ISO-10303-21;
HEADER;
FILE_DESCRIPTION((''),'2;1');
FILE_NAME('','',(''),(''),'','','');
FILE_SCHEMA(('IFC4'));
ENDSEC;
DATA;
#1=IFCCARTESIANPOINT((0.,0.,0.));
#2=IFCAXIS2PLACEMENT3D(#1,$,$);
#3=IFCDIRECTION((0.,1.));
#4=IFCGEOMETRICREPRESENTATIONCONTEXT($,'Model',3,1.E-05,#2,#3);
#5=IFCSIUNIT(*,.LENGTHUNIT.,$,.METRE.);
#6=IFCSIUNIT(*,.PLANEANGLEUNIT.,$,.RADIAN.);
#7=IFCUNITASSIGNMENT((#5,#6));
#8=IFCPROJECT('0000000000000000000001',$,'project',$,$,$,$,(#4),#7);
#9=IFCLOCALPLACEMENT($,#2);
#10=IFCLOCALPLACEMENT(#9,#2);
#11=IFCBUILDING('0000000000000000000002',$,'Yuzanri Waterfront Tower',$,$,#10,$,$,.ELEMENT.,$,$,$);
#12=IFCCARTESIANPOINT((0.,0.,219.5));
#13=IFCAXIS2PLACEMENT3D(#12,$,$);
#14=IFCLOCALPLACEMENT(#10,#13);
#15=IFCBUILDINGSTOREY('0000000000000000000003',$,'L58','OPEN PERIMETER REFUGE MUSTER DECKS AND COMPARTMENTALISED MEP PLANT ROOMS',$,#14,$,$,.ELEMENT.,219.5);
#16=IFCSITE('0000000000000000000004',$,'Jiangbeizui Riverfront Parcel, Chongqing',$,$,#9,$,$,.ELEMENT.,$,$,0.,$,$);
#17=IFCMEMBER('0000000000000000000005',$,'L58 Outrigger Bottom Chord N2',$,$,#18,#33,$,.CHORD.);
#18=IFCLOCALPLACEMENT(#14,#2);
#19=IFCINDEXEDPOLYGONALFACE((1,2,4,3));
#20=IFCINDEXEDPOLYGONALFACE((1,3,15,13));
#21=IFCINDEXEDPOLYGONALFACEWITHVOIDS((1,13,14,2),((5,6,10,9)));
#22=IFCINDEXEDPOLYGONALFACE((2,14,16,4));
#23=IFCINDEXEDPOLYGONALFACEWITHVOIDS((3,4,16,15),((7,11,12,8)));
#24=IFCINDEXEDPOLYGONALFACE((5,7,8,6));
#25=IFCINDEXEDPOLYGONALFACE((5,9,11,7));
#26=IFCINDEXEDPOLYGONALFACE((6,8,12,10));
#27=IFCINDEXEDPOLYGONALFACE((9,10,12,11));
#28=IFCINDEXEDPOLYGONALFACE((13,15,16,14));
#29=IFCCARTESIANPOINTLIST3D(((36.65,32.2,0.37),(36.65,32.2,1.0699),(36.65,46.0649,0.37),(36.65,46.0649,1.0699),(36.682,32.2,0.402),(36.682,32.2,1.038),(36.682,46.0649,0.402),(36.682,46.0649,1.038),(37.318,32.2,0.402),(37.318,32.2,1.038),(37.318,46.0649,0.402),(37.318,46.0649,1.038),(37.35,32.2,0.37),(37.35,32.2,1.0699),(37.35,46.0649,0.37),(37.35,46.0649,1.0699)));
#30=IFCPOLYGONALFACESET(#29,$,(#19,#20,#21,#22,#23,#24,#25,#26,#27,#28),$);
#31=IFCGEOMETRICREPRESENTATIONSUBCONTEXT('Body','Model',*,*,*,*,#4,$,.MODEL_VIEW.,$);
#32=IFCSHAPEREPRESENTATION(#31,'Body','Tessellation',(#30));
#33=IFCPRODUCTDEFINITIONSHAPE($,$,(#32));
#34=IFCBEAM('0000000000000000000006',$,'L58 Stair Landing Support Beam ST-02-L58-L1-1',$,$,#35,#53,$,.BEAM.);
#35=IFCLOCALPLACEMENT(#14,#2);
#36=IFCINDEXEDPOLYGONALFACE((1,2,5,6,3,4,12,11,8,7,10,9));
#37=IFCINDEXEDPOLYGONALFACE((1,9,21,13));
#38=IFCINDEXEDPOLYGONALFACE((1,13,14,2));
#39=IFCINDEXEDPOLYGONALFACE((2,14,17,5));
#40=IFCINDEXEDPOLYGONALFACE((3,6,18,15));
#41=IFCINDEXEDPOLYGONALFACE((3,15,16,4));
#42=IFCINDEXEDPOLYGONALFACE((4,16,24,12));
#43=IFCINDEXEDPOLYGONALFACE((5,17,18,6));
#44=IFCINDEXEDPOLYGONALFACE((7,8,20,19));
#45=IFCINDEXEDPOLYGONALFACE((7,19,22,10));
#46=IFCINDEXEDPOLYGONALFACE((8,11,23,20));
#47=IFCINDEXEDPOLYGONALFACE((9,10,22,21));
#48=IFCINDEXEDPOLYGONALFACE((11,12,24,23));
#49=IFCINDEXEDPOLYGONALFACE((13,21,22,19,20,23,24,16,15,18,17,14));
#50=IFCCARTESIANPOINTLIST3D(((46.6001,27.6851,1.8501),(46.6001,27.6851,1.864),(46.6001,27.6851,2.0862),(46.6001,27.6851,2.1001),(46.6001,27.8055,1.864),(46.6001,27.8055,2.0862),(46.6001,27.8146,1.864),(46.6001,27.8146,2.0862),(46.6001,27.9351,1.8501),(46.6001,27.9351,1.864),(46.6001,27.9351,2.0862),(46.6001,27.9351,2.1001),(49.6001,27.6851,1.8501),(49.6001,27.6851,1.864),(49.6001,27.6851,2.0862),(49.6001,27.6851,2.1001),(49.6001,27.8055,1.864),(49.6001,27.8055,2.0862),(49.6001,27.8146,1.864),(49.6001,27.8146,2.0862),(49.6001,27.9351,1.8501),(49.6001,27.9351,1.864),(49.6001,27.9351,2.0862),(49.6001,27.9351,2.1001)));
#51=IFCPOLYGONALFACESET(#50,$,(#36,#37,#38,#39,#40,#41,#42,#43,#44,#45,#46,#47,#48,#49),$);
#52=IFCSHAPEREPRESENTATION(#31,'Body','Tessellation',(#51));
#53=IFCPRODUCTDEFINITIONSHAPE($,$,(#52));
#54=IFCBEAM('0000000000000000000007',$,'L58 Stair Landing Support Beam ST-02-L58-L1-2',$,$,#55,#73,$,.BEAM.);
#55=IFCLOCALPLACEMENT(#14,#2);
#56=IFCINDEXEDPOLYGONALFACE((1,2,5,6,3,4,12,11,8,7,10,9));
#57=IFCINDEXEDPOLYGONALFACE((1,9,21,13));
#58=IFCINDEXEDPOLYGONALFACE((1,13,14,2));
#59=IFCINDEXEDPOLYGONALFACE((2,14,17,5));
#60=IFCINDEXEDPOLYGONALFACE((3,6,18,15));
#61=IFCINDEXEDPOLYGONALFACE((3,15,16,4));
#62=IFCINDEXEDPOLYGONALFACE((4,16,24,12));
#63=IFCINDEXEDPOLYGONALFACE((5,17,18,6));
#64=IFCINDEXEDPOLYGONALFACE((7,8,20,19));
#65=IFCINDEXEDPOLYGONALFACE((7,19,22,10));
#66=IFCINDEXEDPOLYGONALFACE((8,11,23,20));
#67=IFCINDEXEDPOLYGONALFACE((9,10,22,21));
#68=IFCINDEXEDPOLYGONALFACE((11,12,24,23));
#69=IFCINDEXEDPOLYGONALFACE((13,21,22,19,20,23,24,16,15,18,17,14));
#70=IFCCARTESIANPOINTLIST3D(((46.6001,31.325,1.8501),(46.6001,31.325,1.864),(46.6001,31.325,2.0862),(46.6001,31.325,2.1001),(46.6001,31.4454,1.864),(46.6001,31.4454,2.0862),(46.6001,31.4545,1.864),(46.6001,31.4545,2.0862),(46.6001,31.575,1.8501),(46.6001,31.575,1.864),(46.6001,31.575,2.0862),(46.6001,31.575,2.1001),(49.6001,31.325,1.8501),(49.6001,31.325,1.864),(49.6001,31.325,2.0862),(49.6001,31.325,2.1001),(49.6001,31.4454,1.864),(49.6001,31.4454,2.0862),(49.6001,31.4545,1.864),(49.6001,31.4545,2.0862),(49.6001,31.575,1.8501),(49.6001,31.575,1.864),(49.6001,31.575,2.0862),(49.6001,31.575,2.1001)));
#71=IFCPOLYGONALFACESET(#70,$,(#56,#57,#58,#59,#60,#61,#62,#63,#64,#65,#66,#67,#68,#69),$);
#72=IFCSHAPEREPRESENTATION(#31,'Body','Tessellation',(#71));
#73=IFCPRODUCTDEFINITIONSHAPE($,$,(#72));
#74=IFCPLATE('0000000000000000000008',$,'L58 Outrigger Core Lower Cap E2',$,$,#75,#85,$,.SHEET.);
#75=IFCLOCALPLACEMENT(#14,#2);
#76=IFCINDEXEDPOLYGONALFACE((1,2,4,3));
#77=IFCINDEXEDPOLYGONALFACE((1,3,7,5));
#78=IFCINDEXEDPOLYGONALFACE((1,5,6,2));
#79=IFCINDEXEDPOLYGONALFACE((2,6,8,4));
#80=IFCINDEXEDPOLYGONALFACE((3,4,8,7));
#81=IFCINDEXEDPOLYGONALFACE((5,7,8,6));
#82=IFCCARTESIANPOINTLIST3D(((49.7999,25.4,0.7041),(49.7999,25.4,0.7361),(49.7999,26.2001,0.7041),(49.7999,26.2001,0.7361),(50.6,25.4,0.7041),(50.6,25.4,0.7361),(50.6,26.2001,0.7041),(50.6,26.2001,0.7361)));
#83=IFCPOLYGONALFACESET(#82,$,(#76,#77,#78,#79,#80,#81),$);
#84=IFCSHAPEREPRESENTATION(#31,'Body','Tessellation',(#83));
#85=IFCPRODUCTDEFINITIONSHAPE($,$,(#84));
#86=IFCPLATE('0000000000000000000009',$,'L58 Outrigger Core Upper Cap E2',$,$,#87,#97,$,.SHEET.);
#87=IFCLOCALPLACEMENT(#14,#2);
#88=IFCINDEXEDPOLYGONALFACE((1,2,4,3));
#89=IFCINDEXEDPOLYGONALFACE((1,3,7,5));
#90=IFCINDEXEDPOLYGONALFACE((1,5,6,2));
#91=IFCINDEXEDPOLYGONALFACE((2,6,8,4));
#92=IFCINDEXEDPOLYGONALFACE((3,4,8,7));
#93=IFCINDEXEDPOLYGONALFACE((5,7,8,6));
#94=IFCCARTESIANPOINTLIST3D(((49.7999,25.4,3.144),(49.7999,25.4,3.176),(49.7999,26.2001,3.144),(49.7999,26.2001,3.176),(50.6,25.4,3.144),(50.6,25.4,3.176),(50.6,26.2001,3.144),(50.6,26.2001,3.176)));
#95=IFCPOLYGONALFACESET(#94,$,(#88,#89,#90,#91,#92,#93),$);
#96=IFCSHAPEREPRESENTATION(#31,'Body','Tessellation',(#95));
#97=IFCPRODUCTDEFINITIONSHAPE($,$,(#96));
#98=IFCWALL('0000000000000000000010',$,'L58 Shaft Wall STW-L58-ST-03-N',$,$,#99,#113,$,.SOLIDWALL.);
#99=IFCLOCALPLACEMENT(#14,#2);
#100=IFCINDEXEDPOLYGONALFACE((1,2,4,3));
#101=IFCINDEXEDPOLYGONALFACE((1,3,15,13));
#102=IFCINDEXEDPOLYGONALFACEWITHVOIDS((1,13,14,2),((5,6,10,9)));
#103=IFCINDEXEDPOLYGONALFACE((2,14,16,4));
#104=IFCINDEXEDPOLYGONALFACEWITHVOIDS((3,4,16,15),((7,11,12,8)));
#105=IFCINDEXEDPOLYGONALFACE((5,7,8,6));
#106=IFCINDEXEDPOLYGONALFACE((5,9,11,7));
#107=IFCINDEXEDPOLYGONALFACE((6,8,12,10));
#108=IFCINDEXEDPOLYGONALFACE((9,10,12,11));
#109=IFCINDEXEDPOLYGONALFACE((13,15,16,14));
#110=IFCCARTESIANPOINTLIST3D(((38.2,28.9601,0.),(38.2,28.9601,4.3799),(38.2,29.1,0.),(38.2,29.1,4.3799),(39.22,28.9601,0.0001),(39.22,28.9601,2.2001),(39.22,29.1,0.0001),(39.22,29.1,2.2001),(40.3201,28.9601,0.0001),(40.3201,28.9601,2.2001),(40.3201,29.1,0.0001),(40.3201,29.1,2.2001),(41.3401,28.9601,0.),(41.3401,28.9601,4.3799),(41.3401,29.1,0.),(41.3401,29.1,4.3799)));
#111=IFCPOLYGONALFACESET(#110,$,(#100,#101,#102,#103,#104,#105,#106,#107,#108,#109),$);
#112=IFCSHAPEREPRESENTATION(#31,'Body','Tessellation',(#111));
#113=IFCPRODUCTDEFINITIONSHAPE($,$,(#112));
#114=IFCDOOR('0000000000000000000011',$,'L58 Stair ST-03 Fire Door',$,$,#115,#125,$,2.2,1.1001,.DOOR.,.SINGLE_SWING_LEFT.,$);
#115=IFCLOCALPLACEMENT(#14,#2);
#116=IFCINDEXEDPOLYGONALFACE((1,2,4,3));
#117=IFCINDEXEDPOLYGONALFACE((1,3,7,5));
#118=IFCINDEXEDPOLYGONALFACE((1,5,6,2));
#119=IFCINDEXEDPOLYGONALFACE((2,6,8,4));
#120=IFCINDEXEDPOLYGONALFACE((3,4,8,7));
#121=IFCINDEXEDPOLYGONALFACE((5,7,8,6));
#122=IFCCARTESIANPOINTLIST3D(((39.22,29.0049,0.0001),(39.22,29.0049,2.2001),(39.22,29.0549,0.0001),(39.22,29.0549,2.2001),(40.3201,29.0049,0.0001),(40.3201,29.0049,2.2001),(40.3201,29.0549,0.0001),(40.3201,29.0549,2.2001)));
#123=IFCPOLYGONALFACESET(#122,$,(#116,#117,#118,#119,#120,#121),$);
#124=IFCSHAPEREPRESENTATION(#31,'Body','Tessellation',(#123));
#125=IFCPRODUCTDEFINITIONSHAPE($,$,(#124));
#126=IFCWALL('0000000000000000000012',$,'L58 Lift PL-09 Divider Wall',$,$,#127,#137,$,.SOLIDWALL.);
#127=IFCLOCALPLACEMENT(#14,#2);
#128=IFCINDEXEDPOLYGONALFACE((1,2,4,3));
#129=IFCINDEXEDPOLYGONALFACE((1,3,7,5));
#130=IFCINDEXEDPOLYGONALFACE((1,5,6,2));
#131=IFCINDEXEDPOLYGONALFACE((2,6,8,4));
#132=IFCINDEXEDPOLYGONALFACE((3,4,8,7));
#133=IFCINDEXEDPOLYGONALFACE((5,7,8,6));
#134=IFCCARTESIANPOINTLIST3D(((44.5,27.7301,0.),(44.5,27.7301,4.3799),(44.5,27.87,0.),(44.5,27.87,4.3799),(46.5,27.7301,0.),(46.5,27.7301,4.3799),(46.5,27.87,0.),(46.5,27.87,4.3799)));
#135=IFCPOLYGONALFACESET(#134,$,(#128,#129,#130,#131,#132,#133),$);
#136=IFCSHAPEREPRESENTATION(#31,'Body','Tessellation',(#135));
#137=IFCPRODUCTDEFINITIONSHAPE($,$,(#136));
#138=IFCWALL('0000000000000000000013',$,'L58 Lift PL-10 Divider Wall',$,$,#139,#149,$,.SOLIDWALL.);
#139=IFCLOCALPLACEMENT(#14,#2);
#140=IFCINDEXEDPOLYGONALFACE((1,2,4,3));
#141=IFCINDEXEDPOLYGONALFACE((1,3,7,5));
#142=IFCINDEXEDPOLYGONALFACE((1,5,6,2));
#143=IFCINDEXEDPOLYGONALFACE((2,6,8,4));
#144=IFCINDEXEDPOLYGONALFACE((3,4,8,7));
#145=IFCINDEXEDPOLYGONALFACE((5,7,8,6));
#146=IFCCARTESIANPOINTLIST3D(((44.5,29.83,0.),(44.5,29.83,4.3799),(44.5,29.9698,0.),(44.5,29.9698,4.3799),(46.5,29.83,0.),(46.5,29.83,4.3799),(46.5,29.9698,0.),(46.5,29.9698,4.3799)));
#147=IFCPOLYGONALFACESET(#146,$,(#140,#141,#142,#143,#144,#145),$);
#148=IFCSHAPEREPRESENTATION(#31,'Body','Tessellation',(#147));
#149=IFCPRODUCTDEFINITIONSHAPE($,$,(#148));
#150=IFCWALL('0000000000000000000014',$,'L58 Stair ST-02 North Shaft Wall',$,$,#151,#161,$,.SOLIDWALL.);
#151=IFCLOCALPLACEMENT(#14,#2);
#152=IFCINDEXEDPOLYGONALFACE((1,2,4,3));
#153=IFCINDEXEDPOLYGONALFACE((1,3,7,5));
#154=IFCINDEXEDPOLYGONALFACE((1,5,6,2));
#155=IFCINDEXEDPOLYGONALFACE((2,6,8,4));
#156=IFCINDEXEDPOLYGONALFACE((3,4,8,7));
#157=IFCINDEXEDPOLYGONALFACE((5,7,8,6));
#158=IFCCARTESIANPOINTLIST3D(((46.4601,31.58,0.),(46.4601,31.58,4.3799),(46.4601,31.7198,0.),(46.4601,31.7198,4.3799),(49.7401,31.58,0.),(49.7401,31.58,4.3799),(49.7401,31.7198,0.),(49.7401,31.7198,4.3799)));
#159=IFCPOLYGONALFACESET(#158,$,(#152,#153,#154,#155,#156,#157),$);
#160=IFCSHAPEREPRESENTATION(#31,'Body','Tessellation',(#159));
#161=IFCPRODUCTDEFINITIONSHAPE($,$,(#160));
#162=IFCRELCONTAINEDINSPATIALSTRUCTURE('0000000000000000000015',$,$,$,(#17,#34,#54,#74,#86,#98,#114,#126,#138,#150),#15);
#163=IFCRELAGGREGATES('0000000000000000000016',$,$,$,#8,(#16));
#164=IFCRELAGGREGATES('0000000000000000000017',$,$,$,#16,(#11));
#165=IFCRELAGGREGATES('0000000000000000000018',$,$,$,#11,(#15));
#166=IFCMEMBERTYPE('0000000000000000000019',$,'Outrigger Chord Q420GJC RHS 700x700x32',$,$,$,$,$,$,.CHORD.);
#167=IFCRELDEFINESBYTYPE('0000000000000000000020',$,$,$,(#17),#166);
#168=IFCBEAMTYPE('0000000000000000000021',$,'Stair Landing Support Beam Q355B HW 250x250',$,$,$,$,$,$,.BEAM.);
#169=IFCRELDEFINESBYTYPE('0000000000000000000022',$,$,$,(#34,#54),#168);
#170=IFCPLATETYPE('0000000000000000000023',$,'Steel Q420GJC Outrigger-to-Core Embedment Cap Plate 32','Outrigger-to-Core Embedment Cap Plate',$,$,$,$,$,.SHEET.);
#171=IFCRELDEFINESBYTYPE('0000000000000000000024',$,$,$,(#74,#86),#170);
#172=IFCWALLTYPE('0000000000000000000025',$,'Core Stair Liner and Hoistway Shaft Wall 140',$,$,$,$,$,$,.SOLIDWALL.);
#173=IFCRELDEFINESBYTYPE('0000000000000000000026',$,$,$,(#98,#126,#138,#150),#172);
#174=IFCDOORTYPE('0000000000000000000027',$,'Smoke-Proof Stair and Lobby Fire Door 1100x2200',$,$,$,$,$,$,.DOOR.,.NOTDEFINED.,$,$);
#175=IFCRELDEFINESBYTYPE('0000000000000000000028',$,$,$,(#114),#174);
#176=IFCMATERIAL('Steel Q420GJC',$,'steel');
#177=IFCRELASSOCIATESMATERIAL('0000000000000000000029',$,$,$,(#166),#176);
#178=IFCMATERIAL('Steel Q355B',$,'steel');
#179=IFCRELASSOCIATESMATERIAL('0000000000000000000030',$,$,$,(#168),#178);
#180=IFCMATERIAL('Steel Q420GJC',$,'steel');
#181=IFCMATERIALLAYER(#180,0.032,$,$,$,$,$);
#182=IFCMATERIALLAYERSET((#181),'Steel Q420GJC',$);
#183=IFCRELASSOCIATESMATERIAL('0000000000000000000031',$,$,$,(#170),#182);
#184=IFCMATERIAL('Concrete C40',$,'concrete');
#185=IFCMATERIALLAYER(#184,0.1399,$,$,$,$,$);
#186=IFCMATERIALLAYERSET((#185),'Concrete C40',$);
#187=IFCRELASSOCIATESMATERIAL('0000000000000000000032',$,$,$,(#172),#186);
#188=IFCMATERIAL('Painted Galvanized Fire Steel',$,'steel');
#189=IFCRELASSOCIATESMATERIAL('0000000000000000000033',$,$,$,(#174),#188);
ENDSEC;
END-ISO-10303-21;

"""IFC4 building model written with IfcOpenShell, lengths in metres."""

from ifc_helpers import new_model, si_unit, direction, frame, frame_2d, origin, origin_2d, place, context, subcontext, project, spatial, rectangle, hollow_rectangle, i_section, extrude, source, transform, mapped, material, layer, layer_set, material_profile, profile_set, type_object, element, fill, save


model = new_model("IFC4")

# Units and contexts
model_context = context("Model", 3, precision=1e-05, world=origin(), true_north=direction((0.0, 1.0)))
body_context = subcontext(model_context, "Body", "Model", "MODEL_VIEW")
ifc_project = project(units=[si_unit("LENGTHUNIT", "METRE"), si_unit("PLANEANGLEUNIT", "RADIAN")], contexts=[model_context])

# Site, building, storey
site_placement = place(None, origin())
site = spatial("IfcSite", under=ifc_project, at=site_placement, Name="Jiangbeizui Riverfront Parcel, Chongqing", CompositionType="ELEMENT", RefElevation=0.0)
building_placement = place(site_placement, origin())
building = spatial("IfcBuilding", under=site, at=building_placement, Name="Yuzanri Waterfront Tower", CompositionType="ELEMENT")
storey_placement = place(building_placement, frame((0.0, 0.0, 219.5)))
storey = spatial("IfcBuildingStorey", under=building, at=storey_placement, Name="L58", Description="OPEN PERIMETER REFUGE MUSTER DECKS AND COMPARTMENTALISED MEP PLANT ROOMS", CompositionType="ELEMENT", Elevation=219.5)

# Member
ifc_material_1 = material(Name="Steel Q420GJC", Category="steel")
ifc_material_profile_1 = material_profile(ifc_material_1, hollow_rectangle(XDim=0.7, YDim=0.7, WallThickness=0.032, at=origin_2d()), Name="RHS 700x700x32")
ifc_profile_set_1 = profile_set([ifc_material_profile_1], Name="Steel Q420GJC")
member_type = type_object("IfcMemberType", Name="Outrigger Chord Q420GJC RHS 700x700x32", PredefinedType="CHORD", material=ifc_profile_set_1)
shared_shape_1 = source(origin(), body_context, "Body", "SweptSolid", [
    extrude(hollow_rectangle(XDim=0.7, YDim=0.7, WallThickness=0.032, at=origin_2d()), origin(), (0.0, 0.0, 1.0), 13.865),
])
member_placement = place(storey_placement, frame((37.0, 32.2, 0.72), z_axis=(0.0, 1.0, 0.0), x_axis=(-1.0, 0.0, 0.0)))
element("IfcMember", 1, at=member_placement, inside=storey, type_object=member_type, Name="L58 Outrigger Bottom Chord N2", PredefinedType="CHORD", context=body_context, shape_type="MappedRepresentation", body=[
    mapped(shared_shape_1, transform((0.0, 0.0, 0.0), scale=1.0)),
])

# Beams
ifc_material_2 = material(Name="Steel Q355B", Category="steel")
ifc_material_profile_2 = material_profile(ifc_material_2, i_section(OverallWidth=0.25, OverallDepth=0.25, WebThickness=0.009, FlangeThickness=0.0139, at=origin_2d()), Name="HW 250x250x9x14")
ifc_profile_set_2 = profile_set([ifc_material_profile_2], Name="Steel Q355B")
beam_type = type_object("IfcBeamType", Name="Stair Landing Support Beam Q355B HW 250x250", PredefinedType="BEAM", material=ifc_profile_set_2)
shared_shape_2 = source(origin(), body_context, "Body", "SweptSolid", [
    extrude(i_section(OverallWidth=0.25, OverallDepth=0.25, WebThickness=0.009, FlangeThickness=0.0139, at=origin_2d()), origin(), (0.0, 0.0, 1.0), 3.0),
])
for number, where, z_axis, x_axis, name in (
    (2, (46.6001, 27.8101, 1.9751), (1.0, 0.0, 0.0), (0.0, 1.0, 0.0), "L58 Stair Landing Support Beam ST-02-L58-L1-1"),
    (3, (46.6001, 31.45, 1.9751), (1.0, 0.0, 0.0), (0.0, 1.0, 0.0), "L58 Stair Landing Support Beam ST-02-L58-L1-2"),
):
    element("IfcBeam", number, at=place(storey_placement, frame(where, z_axis=z_axis, x_axis=x_axis)), inside=storey, type_object=beam_type, Name=name, PredefinedType="BEAM", context=body_context, shape_type="MappedRepresentation", body=[
        mapped(shared_shape_2, transform((0.0, 0.0, 0.0), scale=1.0)),
    ])

# Plates
ifc_material_3 = material(Name="Steel Q420GJC", Category="steel")
ifc_layer_1 = layer(ifc_material_3, 0.032)
ifc_layer_set_1 = layer_set([ifc_layer_1], Name="Steel Q420GJC")
plate_type = type_object("IfcPlateType", Name="Steel Q420GJC Outrigger-to-Core Embedment Cap Plate 32", Description="Outrigger-to-Core Embedment Cap Plate", PredefinedType="SHEET", material=ifc_layer_set_1)
shared_shape_3 = source(origin(), body_context, "Body", "SweptSolid", [
    extrude(rectangle(XDim=0.8, YDim=0.8, at=origin_2d()), origin(), (0.0, 0.0, 1.0), 0.032),
])
for number, where, z_axis, x_axis, name in (
    (4, (50.2, 25.8, 0.7041), (0.0, 0.0, 1.0), (1.0, 0.0, 0.0), "L58 Outrigger Core Lower Cap E2"),
    (5, (50.2, 25.8, 3.144), (0.0, 0.0, 1.0), (1.0, 0.0, 0.0), "L58 Outrigger Core Upper Cap E2"),
):
    element("IfcPlate", number, at=place(storey_placement, frame(where, z_axis=z_axis, x_axis=x_axis)), inside=storey, type_object=plate_type, Name=name, PredefinedType="SHEET", context=body_context, shape_type="MappedRepresentation", body=[
        mapped(shared_shape_3, transform((0.0, 0.0, 0.0), scale=1.0)),
    ])

# Wall, opening, door
ifc_material_4 = material(Name="Concrete C40", Category="concrete")
ifc_layer_2 = layer(ifc_material_4, 0.1399)
ifc_layer_set_2 = layer_set([ifc_layer_2], Name="Concrete C40")
wall_type = type_object("IfcWallType", Name="Core Stair Liner and Hoistway Shaft Wall 140", PredefinedType="SOLIDWALL", material=ifc_layer_set_2)
wall_1_placement = place(storey_placement, frame((38.2, 29.03, 0.0), z_axis=(0.0, 0.0, 1.0), x_axis=(1.0, 0.0, 0.0)))
wall_1 = element("IfcWall", 6, at=wall_1_placement, inside=storey, type_object=wall_type, Name="L58 Shaft Wall STW-L58-ST-03-N", PredefinedType="SOLIDWALL", context=body_context, shape_type="SweptSolid", body=[
    extrude(rectangle(XDim=3.1401, YDim=0.1399, at=frame_2d((1.5701, 0.0))), origin(), (0.0, 0.0, 1.0), 4.3799),
])
opening_placement = place(wall_1_placement, frame((1.02, 0.0, 0.0)))
opening = element("IfcOpeningElement", 7, at=opening_placement, cuts=wall_1, PredefinedType="OPENING", context=body_context, shape_type="SweptSolid", body=[
    extrude(rectangle(XDim=1.1001, YDim=2.2, at=frame_2d((0.55, 1.1001))), frame((0.0, 0.085, 0.0), z_axis=(0.0, -1.0, 0.0), x_axis=(1.0, 0.0, 0.0)), (0.0, 0.0, 1.0), 0.1697),
])
ifc_material_5 = material(Name="Painted Galvanized Fire Steel", Category="steel")
door_type = type_object("IfcDoorType", Name="Smoke-Proof Stair and Lobby Fire Door 1100x2200", OperationType="NOTDEFINED", PredefinedType="DOOR", material=ifc_material_5)
shared_shape_4 = source(origin(), body_context, "Body", "SweptSolid", [
    extrude(rectangle(XDim=1.1001, YDim=2.2, at=frame_2d((0.55, 1.1001))), frame((0.0, 0.0249, 0.0), z_axis=(0.0, -1.0, 0.0), x_axis=(1.0, 0.0, 0.0)), (0.0, 0.0, 1.0), 0.05),
])
door_placement = place(opening_placement, origin())
door = element("IfcDoor", 8, at=door_placement, inside=storey, type_object=door_type, Name="L58 Stair ST-03 Fire Door", OperationType="SINGLE_SWING_LEFT", OverallHeight=2.2, OverallWidth=1.1001, PredefinedType="DOOR", context=body_context, shape_type="MappedRepresentation", body=[
    mapped(shared_shape_4, transform((0.0, 0.0, 0.0), scale=1.0)),
])
fill(opening, door)

# Walls
shared_shape_5 = source(origin(), body_context, "Body", "SweptSolid", [
    extrude(rectangle(XDim=2.0, YDim=0.1399, at=frame_2d((1.0, 0.0))), origin(), (0.0, 0.0, 1.0), 4.3799),
])
for number, where, z_axis, x_axis, name in (
    (9, (44.5, 27.8, 0.0), (0.0, 0.0, 1.0), (1.0, 0.0, 0.0), "L58 Lift PL-09 Divider Wall"),
    (10, (44.5, 29.8999, 0.0), (0.0, 0.0, 1.0), (1.0, 0.0, 0.0), "L58 Lift PL-10 Divider Wall"),
):
    element("IfcWall", number, at=place(storey_placement, frame(where, z_axis=z_axis, x_axis=x_axis)), inside=storey, type_object=wall_type, Name=name, PredefinedType="SOLIDWALL", context=body_context, shape_type="MappedRepresentation", body=[
        mapped(shared_shape_5, transform((0.0, 0.0, 0.0), scale=1.0)),
    ])
shared_shape_6 = source(origin(), body_context, "Body", "SweptSolid", [
    extrude(rectangle(XDim=3.28, YDim=0.1399, at=frame_2d((1.6401, 0.0))), origin(), (0.0, 0.0, 1.0), 4.3799),
])
wall_2_placement = place(storey_placement, frame((46.46, 31.6499, 0.0), z_axis=(0.0, 0.0, 1.0), x_axis=(1.0, 0.0, 0.0)))
element("IfcWall", 11, at=wall_2_placement, inside=storey, type_object=wall_type, Name="L58 Stair ST-02 North Shaft Wall", PredefinedType="SOLIDWALL", context=body_context, shape_type="MappedRepresentation", body=[
    mapped(shared_shape_6, transform((0.0, 0.0, 0.0), scale=1.0)),
])

save(model, "model.ifc")
